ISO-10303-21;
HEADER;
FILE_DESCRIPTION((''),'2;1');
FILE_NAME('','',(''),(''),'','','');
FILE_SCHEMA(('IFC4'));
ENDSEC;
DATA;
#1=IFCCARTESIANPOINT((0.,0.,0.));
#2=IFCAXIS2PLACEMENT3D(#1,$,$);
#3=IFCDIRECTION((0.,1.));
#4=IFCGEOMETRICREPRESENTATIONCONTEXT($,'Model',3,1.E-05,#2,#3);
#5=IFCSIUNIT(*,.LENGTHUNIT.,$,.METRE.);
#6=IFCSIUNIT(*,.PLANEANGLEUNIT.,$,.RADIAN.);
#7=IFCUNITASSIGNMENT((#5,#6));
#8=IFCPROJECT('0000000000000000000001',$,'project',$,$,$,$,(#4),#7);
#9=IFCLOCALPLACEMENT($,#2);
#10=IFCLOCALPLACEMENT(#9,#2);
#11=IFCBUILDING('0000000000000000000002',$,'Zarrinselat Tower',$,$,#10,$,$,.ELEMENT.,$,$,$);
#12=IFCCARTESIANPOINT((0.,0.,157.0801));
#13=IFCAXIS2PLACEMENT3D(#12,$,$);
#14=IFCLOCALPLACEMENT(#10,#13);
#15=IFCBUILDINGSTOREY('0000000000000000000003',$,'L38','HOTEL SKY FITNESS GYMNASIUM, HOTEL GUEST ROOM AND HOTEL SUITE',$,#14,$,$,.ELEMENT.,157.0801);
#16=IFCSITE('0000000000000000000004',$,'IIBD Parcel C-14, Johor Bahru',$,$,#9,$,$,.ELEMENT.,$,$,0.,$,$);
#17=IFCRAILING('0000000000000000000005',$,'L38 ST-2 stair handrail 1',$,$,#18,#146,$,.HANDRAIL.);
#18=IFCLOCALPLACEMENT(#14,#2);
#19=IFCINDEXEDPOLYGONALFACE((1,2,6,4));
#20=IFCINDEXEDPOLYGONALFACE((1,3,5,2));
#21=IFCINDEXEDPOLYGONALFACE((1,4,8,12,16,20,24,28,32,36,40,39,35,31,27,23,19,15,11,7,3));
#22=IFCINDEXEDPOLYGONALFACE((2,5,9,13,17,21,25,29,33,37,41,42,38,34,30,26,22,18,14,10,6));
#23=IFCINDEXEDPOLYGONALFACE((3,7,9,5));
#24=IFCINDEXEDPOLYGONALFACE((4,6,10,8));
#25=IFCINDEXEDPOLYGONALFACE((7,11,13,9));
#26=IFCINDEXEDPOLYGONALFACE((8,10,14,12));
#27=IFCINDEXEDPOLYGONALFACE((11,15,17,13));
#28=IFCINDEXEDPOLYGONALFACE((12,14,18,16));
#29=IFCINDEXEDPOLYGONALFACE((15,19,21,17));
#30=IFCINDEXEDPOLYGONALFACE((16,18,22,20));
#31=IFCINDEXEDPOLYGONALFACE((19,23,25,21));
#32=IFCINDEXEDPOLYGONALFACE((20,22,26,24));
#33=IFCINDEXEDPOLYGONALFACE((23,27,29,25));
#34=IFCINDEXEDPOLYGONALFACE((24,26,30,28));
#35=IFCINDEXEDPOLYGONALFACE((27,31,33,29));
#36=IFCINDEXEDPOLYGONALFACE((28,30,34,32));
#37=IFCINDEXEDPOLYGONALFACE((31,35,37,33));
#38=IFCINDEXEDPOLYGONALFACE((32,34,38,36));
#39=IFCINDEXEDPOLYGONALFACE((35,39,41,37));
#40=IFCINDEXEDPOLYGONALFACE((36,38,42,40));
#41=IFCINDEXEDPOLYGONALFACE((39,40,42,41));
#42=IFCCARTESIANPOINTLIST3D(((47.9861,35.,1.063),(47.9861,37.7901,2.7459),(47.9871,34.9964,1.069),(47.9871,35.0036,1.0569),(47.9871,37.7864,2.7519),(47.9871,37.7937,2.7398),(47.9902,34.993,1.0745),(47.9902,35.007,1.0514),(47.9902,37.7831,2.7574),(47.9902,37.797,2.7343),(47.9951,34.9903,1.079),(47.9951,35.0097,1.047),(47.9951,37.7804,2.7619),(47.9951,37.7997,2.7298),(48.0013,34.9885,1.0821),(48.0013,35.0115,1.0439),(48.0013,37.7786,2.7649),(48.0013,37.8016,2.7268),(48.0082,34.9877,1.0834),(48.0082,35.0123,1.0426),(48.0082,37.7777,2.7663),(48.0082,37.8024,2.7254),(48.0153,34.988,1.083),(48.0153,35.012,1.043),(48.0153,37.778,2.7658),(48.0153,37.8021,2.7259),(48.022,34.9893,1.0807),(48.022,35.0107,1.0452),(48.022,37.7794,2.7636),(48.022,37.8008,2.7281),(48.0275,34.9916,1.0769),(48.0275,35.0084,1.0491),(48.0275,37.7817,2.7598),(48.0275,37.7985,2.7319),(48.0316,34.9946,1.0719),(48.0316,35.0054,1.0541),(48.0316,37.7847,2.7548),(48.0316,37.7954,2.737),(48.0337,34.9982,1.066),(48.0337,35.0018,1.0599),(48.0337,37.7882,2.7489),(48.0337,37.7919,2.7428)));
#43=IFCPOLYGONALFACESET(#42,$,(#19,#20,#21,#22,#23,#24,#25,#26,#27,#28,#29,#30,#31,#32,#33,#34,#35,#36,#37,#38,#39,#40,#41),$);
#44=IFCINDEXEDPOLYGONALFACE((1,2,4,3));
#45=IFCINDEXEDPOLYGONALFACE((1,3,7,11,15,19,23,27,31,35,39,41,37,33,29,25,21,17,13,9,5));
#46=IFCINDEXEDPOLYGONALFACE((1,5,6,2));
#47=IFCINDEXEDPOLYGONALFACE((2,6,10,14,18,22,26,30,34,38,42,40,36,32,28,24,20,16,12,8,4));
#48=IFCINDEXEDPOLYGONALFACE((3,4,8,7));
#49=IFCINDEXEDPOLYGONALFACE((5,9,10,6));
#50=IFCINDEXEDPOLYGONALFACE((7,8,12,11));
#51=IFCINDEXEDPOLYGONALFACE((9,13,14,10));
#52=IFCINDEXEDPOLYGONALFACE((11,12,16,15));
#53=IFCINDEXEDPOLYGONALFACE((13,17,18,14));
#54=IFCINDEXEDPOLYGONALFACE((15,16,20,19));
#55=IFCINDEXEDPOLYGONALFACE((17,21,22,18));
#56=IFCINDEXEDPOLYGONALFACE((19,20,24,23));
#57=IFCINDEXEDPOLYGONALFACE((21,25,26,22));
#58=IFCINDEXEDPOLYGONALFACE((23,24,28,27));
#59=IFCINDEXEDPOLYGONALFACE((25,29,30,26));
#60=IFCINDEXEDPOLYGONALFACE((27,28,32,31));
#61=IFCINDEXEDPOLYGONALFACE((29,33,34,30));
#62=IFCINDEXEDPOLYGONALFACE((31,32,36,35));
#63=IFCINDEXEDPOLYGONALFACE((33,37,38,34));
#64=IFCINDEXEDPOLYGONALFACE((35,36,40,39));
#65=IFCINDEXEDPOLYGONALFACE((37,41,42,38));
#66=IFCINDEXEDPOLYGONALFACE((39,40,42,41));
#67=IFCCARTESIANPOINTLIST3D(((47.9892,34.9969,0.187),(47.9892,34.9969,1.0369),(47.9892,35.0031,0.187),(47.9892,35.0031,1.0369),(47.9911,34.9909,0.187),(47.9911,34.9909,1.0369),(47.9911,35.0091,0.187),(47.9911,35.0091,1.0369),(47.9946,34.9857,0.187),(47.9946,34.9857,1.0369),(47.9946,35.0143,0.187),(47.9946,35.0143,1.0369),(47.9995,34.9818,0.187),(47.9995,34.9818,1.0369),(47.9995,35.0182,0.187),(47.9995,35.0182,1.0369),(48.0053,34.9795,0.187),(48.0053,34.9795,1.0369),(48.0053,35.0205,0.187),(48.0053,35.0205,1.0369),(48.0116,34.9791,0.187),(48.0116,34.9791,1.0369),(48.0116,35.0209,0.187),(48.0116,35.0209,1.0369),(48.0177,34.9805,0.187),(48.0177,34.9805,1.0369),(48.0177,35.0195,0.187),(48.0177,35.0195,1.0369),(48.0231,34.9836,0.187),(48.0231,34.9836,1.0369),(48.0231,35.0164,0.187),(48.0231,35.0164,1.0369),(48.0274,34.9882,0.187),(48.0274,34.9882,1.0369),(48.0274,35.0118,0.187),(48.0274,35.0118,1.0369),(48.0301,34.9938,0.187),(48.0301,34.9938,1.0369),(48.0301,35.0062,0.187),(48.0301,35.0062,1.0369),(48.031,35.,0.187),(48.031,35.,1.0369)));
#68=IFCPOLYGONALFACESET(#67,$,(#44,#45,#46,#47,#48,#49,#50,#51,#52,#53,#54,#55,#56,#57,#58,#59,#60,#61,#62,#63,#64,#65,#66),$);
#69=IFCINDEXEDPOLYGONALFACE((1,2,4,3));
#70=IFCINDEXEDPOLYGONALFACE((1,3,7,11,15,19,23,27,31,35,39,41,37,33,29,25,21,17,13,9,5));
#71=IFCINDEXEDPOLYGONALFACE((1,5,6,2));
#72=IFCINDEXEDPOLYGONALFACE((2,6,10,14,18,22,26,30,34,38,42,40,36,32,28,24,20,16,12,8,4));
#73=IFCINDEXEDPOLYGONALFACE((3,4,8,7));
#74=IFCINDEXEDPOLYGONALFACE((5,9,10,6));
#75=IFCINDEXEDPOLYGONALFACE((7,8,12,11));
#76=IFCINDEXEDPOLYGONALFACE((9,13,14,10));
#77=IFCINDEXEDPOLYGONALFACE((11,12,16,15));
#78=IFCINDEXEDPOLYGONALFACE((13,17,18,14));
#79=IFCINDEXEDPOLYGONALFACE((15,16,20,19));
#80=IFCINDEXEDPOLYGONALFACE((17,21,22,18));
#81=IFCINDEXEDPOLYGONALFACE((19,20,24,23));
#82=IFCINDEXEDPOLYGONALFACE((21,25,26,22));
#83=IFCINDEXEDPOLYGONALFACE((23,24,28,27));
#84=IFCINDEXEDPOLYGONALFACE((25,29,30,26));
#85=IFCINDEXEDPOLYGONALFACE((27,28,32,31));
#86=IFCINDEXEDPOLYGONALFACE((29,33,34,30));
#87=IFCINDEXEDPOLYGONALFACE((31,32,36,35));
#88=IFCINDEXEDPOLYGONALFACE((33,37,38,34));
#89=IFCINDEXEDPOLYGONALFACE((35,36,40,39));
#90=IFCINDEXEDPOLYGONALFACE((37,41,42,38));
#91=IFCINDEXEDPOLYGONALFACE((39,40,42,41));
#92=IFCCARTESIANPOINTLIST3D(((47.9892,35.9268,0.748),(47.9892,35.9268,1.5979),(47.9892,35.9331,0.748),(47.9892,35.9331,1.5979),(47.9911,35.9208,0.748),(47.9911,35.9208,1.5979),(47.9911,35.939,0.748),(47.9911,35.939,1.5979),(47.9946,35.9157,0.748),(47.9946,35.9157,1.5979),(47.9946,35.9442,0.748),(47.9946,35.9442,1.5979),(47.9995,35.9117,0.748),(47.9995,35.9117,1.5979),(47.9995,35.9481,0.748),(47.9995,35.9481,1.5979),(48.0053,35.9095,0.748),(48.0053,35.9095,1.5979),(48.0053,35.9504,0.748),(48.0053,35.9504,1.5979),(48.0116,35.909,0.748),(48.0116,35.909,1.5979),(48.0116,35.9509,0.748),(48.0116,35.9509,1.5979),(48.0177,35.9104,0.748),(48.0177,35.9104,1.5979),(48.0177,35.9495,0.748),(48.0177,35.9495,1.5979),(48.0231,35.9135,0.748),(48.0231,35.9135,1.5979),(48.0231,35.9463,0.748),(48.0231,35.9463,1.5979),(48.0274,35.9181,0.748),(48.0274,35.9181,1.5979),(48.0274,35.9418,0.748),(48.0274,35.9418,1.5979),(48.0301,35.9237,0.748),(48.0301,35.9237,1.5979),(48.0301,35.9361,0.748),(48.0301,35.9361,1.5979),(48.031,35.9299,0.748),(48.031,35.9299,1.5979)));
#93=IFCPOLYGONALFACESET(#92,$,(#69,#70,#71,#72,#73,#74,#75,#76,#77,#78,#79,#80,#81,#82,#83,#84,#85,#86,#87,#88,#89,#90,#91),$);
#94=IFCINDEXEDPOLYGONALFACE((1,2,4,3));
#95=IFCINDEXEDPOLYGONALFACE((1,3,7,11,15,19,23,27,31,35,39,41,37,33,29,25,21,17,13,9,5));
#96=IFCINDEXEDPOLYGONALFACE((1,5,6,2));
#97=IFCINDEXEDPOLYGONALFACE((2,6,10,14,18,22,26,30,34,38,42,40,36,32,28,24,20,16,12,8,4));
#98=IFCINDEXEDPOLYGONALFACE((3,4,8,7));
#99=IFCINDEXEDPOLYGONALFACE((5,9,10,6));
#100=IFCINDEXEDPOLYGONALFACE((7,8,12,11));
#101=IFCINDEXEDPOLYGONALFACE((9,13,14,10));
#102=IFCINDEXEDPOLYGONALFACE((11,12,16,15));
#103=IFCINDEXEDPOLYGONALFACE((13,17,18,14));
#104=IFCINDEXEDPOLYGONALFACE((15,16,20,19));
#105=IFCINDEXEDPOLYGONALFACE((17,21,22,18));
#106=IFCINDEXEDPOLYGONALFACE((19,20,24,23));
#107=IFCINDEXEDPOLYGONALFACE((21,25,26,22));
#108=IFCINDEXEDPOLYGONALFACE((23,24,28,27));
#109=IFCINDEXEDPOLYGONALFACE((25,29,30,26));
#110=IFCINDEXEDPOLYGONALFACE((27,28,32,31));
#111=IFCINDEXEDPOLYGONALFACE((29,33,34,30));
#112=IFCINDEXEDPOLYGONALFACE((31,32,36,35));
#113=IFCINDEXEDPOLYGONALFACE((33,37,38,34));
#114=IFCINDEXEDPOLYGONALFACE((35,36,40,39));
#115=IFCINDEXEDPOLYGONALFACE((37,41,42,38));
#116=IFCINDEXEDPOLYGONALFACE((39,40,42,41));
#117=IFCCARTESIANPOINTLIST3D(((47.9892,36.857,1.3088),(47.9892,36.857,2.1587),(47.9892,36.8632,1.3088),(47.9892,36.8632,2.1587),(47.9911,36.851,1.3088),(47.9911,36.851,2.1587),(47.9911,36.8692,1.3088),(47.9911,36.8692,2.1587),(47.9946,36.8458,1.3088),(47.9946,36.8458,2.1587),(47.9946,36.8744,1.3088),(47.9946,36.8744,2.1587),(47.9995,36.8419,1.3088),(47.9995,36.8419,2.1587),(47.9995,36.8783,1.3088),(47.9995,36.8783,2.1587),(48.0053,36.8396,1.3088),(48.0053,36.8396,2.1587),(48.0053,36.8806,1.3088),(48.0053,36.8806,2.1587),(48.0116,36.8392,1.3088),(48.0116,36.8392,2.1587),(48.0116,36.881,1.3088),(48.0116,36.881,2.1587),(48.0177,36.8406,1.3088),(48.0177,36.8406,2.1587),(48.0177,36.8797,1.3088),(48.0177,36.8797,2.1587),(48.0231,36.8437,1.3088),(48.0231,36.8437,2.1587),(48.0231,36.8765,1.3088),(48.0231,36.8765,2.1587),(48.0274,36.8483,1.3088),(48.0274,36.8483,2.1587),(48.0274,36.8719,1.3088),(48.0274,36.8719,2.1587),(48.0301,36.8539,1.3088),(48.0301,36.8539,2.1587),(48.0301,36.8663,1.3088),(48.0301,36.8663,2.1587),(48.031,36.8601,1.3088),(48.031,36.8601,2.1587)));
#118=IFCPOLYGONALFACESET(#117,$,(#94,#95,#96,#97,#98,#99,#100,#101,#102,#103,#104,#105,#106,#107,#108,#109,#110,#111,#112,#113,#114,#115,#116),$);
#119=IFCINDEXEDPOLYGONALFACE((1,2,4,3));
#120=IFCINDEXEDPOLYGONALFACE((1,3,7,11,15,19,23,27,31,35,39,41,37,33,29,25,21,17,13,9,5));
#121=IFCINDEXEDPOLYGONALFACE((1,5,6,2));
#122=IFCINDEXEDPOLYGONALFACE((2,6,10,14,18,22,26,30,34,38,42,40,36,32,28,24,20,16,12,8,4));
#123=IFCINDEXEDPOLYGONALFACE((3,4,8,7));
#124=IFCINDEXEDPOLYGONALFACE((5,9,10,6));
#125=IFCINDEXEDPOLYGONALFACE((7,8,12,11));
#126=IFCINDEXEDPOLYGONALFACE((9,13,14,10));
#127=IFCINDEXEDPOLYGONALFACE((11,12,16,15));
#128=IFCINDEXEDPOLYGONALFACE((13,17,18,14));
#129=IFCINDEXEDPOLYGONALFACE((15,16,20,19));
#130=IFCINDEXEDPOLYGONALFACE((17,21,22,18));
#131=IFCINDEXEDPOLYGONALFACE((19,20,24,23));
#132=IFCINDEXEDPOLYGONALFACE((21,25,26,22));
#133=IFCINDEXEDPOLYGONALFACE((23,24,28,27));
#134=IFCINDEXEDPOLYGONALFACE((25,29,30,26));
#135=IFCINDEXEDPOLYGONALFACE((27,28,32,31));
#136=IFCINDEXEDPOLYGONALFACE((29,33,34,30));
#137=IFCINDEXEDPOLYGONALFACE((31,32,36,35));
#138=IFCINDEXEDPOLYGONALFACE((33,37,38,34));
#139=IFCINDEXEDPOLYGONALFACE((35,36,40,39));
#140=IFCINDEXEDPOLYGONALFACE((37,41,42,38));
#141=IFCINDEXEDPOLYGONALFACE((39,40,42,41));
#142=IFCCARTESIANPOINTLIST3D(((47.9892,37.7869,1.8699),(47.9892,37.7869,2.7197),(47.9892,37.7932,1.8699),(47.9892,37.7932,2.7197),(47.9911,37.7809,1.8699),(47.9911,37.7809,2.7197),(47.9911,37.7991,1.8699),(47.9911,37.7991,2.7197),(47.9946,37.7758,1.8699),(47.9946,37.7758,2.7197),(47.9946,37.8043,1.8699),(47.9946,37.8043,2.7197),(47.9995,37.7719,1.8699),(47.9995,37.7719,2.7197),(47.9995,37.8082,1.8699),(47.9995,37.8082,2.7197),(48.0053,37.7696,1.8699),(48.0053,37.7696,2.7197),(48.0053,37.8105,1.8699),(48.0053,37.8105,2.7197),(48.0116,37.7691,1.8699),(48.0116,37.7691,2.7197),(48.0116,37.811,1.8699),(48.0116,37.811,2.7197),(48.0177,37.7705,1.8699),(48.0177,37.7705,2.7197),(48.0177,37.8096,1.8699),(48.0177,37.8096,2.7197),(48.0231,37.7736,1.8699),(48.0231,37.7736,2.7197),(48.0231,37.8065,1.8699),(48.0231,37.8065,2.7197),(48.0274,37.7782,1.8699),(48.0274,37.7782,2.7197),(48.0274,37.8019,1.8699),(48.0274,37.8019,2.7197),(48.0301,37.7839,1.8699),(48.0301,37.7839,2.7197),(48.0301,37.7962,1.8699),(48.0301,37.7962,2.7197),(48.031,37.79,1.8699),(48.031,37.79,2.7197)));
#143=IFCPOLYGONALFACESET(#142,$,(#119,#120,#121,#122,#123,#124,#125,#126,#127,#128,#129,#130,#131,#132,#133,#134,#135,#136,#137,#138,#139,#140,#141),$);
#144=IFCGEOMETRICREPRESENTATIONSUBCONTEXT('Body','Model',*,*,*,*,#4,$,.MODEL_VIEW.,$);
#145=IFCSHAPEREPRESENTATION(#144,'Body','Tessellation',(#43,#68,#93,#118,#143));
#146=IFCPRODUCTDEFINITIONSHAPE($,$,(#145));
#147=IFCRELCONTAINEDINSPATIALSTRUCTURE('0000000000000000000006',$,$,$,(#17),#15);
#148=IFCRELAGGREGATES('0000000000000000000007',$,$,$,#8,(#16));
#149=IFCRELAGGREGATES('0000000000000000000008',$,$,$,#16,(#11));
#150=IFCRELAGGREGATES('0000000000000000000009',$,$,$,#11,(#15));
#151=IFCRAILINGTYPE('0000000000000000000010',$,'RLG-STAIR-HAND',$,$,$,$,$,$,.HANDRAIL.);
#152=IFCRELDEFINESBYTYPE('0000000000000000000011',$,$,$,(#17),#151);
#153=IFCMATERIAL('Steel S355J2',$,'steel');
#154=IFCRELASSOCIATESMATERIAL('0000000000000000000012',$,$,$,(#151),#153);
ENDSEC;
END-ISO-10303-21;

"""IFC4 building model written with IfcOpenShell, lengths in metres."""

from ifc_helpers import new_model, si_unit, direction, frame, origin, origin_2d, place, context, subcontext, project, spatial, circle, extrude, material, type_object, element, save


model = new_model("IFC4")

# Units and contexts
model_context = context("Model", 3, precision=1e-05, world=origin(), true_north=direction((0.0, 1.0)))
body_context = subcontext(model_context, "Body", "Model", "MODEL_VIEW")
ifc_project = project(units=[si_unit("LENGTHUNIT", "METRE"), si_unit("PLANEANGLEUNIT", "RADIAN")], contexts=[model_context])

# Site, building, storey
site_placement = place(None, origin())
site = spatial("IfcSite", under=ifc_project, at=site_placement, Name="IIBD Parcel C-14, Johor Bahru", CompositionType="ELEMENT", RefElevation=0.0)
building_placement = place(site_placement, origin())
building = spatial("IfcBuilding", under=site, at=building_placement, Name="Zarrinselat Tower", CompositionType="ELEMENT")
storey_placement = place(building_placement, frame((0.0, 0.0, 157.0801)))
storey = spatial("IfcBuildingStorey", under=building, at=storey_placement, Name="L38", Description="HOTEL SKY FITNESS GYMNASIUM, HOTEL GUEST ROOM AND HOTEL SUITE", CompositionType="ELEMENT", Elevation=157.0801)

# Railing
ifc_material_1 = material(Name="Steel S355J2", Category="steel")
railing_type_1 = type_object("IfcRailingType", Name="RLG-STAIR-HAND", PredefinedType="HANDRAIL", material=ifc_material_1)
railing_1_placement = place(storey_placement, frame((48.01, 35.0, 0.187)))
element("IfcRailing", 1, at=railing_1_placement, inside=storey, type_object=railing_type_1, Name="L38 ST-2 stair handrail 1", PredefinedType="HANDRAIL", context=body_context, shape_type="SweptSolid", body=[
    extrude(circle(Radius=0.0239, at=origin_2d()), frame((0.0, 0.0, 0.876), z_axis=(0.0, 0.856294, 0.516489), x_axis=(-1.0, 0.0, 0.0)), (0.0, 0.0, 1.0), 3.2583),
    extrude(circle(Radius=0.021, at=origin_2d()), origin(), (0.0, 0.0, 1.0), 0.8499),
    extrude(circle(Radius=0.021, at=origin_2d()), frame((0.0, 0.9299, 0.561)), (0.0, 0.0, 1.0), 0.8499),
    extrude(circle(Radius=0.021, at=origin_2d()), frame((0.0, 1.8601, 1.1218)), (0.0, 0.0, 1.0), 0.8499),
    extrude(circle(Radius=0.021, at=origin_2d()), frame((0.0, 2.79, 1.6829)), (0.0, 0.0, 1.0), 0.8499),
])

save(model, "model.ifc")
